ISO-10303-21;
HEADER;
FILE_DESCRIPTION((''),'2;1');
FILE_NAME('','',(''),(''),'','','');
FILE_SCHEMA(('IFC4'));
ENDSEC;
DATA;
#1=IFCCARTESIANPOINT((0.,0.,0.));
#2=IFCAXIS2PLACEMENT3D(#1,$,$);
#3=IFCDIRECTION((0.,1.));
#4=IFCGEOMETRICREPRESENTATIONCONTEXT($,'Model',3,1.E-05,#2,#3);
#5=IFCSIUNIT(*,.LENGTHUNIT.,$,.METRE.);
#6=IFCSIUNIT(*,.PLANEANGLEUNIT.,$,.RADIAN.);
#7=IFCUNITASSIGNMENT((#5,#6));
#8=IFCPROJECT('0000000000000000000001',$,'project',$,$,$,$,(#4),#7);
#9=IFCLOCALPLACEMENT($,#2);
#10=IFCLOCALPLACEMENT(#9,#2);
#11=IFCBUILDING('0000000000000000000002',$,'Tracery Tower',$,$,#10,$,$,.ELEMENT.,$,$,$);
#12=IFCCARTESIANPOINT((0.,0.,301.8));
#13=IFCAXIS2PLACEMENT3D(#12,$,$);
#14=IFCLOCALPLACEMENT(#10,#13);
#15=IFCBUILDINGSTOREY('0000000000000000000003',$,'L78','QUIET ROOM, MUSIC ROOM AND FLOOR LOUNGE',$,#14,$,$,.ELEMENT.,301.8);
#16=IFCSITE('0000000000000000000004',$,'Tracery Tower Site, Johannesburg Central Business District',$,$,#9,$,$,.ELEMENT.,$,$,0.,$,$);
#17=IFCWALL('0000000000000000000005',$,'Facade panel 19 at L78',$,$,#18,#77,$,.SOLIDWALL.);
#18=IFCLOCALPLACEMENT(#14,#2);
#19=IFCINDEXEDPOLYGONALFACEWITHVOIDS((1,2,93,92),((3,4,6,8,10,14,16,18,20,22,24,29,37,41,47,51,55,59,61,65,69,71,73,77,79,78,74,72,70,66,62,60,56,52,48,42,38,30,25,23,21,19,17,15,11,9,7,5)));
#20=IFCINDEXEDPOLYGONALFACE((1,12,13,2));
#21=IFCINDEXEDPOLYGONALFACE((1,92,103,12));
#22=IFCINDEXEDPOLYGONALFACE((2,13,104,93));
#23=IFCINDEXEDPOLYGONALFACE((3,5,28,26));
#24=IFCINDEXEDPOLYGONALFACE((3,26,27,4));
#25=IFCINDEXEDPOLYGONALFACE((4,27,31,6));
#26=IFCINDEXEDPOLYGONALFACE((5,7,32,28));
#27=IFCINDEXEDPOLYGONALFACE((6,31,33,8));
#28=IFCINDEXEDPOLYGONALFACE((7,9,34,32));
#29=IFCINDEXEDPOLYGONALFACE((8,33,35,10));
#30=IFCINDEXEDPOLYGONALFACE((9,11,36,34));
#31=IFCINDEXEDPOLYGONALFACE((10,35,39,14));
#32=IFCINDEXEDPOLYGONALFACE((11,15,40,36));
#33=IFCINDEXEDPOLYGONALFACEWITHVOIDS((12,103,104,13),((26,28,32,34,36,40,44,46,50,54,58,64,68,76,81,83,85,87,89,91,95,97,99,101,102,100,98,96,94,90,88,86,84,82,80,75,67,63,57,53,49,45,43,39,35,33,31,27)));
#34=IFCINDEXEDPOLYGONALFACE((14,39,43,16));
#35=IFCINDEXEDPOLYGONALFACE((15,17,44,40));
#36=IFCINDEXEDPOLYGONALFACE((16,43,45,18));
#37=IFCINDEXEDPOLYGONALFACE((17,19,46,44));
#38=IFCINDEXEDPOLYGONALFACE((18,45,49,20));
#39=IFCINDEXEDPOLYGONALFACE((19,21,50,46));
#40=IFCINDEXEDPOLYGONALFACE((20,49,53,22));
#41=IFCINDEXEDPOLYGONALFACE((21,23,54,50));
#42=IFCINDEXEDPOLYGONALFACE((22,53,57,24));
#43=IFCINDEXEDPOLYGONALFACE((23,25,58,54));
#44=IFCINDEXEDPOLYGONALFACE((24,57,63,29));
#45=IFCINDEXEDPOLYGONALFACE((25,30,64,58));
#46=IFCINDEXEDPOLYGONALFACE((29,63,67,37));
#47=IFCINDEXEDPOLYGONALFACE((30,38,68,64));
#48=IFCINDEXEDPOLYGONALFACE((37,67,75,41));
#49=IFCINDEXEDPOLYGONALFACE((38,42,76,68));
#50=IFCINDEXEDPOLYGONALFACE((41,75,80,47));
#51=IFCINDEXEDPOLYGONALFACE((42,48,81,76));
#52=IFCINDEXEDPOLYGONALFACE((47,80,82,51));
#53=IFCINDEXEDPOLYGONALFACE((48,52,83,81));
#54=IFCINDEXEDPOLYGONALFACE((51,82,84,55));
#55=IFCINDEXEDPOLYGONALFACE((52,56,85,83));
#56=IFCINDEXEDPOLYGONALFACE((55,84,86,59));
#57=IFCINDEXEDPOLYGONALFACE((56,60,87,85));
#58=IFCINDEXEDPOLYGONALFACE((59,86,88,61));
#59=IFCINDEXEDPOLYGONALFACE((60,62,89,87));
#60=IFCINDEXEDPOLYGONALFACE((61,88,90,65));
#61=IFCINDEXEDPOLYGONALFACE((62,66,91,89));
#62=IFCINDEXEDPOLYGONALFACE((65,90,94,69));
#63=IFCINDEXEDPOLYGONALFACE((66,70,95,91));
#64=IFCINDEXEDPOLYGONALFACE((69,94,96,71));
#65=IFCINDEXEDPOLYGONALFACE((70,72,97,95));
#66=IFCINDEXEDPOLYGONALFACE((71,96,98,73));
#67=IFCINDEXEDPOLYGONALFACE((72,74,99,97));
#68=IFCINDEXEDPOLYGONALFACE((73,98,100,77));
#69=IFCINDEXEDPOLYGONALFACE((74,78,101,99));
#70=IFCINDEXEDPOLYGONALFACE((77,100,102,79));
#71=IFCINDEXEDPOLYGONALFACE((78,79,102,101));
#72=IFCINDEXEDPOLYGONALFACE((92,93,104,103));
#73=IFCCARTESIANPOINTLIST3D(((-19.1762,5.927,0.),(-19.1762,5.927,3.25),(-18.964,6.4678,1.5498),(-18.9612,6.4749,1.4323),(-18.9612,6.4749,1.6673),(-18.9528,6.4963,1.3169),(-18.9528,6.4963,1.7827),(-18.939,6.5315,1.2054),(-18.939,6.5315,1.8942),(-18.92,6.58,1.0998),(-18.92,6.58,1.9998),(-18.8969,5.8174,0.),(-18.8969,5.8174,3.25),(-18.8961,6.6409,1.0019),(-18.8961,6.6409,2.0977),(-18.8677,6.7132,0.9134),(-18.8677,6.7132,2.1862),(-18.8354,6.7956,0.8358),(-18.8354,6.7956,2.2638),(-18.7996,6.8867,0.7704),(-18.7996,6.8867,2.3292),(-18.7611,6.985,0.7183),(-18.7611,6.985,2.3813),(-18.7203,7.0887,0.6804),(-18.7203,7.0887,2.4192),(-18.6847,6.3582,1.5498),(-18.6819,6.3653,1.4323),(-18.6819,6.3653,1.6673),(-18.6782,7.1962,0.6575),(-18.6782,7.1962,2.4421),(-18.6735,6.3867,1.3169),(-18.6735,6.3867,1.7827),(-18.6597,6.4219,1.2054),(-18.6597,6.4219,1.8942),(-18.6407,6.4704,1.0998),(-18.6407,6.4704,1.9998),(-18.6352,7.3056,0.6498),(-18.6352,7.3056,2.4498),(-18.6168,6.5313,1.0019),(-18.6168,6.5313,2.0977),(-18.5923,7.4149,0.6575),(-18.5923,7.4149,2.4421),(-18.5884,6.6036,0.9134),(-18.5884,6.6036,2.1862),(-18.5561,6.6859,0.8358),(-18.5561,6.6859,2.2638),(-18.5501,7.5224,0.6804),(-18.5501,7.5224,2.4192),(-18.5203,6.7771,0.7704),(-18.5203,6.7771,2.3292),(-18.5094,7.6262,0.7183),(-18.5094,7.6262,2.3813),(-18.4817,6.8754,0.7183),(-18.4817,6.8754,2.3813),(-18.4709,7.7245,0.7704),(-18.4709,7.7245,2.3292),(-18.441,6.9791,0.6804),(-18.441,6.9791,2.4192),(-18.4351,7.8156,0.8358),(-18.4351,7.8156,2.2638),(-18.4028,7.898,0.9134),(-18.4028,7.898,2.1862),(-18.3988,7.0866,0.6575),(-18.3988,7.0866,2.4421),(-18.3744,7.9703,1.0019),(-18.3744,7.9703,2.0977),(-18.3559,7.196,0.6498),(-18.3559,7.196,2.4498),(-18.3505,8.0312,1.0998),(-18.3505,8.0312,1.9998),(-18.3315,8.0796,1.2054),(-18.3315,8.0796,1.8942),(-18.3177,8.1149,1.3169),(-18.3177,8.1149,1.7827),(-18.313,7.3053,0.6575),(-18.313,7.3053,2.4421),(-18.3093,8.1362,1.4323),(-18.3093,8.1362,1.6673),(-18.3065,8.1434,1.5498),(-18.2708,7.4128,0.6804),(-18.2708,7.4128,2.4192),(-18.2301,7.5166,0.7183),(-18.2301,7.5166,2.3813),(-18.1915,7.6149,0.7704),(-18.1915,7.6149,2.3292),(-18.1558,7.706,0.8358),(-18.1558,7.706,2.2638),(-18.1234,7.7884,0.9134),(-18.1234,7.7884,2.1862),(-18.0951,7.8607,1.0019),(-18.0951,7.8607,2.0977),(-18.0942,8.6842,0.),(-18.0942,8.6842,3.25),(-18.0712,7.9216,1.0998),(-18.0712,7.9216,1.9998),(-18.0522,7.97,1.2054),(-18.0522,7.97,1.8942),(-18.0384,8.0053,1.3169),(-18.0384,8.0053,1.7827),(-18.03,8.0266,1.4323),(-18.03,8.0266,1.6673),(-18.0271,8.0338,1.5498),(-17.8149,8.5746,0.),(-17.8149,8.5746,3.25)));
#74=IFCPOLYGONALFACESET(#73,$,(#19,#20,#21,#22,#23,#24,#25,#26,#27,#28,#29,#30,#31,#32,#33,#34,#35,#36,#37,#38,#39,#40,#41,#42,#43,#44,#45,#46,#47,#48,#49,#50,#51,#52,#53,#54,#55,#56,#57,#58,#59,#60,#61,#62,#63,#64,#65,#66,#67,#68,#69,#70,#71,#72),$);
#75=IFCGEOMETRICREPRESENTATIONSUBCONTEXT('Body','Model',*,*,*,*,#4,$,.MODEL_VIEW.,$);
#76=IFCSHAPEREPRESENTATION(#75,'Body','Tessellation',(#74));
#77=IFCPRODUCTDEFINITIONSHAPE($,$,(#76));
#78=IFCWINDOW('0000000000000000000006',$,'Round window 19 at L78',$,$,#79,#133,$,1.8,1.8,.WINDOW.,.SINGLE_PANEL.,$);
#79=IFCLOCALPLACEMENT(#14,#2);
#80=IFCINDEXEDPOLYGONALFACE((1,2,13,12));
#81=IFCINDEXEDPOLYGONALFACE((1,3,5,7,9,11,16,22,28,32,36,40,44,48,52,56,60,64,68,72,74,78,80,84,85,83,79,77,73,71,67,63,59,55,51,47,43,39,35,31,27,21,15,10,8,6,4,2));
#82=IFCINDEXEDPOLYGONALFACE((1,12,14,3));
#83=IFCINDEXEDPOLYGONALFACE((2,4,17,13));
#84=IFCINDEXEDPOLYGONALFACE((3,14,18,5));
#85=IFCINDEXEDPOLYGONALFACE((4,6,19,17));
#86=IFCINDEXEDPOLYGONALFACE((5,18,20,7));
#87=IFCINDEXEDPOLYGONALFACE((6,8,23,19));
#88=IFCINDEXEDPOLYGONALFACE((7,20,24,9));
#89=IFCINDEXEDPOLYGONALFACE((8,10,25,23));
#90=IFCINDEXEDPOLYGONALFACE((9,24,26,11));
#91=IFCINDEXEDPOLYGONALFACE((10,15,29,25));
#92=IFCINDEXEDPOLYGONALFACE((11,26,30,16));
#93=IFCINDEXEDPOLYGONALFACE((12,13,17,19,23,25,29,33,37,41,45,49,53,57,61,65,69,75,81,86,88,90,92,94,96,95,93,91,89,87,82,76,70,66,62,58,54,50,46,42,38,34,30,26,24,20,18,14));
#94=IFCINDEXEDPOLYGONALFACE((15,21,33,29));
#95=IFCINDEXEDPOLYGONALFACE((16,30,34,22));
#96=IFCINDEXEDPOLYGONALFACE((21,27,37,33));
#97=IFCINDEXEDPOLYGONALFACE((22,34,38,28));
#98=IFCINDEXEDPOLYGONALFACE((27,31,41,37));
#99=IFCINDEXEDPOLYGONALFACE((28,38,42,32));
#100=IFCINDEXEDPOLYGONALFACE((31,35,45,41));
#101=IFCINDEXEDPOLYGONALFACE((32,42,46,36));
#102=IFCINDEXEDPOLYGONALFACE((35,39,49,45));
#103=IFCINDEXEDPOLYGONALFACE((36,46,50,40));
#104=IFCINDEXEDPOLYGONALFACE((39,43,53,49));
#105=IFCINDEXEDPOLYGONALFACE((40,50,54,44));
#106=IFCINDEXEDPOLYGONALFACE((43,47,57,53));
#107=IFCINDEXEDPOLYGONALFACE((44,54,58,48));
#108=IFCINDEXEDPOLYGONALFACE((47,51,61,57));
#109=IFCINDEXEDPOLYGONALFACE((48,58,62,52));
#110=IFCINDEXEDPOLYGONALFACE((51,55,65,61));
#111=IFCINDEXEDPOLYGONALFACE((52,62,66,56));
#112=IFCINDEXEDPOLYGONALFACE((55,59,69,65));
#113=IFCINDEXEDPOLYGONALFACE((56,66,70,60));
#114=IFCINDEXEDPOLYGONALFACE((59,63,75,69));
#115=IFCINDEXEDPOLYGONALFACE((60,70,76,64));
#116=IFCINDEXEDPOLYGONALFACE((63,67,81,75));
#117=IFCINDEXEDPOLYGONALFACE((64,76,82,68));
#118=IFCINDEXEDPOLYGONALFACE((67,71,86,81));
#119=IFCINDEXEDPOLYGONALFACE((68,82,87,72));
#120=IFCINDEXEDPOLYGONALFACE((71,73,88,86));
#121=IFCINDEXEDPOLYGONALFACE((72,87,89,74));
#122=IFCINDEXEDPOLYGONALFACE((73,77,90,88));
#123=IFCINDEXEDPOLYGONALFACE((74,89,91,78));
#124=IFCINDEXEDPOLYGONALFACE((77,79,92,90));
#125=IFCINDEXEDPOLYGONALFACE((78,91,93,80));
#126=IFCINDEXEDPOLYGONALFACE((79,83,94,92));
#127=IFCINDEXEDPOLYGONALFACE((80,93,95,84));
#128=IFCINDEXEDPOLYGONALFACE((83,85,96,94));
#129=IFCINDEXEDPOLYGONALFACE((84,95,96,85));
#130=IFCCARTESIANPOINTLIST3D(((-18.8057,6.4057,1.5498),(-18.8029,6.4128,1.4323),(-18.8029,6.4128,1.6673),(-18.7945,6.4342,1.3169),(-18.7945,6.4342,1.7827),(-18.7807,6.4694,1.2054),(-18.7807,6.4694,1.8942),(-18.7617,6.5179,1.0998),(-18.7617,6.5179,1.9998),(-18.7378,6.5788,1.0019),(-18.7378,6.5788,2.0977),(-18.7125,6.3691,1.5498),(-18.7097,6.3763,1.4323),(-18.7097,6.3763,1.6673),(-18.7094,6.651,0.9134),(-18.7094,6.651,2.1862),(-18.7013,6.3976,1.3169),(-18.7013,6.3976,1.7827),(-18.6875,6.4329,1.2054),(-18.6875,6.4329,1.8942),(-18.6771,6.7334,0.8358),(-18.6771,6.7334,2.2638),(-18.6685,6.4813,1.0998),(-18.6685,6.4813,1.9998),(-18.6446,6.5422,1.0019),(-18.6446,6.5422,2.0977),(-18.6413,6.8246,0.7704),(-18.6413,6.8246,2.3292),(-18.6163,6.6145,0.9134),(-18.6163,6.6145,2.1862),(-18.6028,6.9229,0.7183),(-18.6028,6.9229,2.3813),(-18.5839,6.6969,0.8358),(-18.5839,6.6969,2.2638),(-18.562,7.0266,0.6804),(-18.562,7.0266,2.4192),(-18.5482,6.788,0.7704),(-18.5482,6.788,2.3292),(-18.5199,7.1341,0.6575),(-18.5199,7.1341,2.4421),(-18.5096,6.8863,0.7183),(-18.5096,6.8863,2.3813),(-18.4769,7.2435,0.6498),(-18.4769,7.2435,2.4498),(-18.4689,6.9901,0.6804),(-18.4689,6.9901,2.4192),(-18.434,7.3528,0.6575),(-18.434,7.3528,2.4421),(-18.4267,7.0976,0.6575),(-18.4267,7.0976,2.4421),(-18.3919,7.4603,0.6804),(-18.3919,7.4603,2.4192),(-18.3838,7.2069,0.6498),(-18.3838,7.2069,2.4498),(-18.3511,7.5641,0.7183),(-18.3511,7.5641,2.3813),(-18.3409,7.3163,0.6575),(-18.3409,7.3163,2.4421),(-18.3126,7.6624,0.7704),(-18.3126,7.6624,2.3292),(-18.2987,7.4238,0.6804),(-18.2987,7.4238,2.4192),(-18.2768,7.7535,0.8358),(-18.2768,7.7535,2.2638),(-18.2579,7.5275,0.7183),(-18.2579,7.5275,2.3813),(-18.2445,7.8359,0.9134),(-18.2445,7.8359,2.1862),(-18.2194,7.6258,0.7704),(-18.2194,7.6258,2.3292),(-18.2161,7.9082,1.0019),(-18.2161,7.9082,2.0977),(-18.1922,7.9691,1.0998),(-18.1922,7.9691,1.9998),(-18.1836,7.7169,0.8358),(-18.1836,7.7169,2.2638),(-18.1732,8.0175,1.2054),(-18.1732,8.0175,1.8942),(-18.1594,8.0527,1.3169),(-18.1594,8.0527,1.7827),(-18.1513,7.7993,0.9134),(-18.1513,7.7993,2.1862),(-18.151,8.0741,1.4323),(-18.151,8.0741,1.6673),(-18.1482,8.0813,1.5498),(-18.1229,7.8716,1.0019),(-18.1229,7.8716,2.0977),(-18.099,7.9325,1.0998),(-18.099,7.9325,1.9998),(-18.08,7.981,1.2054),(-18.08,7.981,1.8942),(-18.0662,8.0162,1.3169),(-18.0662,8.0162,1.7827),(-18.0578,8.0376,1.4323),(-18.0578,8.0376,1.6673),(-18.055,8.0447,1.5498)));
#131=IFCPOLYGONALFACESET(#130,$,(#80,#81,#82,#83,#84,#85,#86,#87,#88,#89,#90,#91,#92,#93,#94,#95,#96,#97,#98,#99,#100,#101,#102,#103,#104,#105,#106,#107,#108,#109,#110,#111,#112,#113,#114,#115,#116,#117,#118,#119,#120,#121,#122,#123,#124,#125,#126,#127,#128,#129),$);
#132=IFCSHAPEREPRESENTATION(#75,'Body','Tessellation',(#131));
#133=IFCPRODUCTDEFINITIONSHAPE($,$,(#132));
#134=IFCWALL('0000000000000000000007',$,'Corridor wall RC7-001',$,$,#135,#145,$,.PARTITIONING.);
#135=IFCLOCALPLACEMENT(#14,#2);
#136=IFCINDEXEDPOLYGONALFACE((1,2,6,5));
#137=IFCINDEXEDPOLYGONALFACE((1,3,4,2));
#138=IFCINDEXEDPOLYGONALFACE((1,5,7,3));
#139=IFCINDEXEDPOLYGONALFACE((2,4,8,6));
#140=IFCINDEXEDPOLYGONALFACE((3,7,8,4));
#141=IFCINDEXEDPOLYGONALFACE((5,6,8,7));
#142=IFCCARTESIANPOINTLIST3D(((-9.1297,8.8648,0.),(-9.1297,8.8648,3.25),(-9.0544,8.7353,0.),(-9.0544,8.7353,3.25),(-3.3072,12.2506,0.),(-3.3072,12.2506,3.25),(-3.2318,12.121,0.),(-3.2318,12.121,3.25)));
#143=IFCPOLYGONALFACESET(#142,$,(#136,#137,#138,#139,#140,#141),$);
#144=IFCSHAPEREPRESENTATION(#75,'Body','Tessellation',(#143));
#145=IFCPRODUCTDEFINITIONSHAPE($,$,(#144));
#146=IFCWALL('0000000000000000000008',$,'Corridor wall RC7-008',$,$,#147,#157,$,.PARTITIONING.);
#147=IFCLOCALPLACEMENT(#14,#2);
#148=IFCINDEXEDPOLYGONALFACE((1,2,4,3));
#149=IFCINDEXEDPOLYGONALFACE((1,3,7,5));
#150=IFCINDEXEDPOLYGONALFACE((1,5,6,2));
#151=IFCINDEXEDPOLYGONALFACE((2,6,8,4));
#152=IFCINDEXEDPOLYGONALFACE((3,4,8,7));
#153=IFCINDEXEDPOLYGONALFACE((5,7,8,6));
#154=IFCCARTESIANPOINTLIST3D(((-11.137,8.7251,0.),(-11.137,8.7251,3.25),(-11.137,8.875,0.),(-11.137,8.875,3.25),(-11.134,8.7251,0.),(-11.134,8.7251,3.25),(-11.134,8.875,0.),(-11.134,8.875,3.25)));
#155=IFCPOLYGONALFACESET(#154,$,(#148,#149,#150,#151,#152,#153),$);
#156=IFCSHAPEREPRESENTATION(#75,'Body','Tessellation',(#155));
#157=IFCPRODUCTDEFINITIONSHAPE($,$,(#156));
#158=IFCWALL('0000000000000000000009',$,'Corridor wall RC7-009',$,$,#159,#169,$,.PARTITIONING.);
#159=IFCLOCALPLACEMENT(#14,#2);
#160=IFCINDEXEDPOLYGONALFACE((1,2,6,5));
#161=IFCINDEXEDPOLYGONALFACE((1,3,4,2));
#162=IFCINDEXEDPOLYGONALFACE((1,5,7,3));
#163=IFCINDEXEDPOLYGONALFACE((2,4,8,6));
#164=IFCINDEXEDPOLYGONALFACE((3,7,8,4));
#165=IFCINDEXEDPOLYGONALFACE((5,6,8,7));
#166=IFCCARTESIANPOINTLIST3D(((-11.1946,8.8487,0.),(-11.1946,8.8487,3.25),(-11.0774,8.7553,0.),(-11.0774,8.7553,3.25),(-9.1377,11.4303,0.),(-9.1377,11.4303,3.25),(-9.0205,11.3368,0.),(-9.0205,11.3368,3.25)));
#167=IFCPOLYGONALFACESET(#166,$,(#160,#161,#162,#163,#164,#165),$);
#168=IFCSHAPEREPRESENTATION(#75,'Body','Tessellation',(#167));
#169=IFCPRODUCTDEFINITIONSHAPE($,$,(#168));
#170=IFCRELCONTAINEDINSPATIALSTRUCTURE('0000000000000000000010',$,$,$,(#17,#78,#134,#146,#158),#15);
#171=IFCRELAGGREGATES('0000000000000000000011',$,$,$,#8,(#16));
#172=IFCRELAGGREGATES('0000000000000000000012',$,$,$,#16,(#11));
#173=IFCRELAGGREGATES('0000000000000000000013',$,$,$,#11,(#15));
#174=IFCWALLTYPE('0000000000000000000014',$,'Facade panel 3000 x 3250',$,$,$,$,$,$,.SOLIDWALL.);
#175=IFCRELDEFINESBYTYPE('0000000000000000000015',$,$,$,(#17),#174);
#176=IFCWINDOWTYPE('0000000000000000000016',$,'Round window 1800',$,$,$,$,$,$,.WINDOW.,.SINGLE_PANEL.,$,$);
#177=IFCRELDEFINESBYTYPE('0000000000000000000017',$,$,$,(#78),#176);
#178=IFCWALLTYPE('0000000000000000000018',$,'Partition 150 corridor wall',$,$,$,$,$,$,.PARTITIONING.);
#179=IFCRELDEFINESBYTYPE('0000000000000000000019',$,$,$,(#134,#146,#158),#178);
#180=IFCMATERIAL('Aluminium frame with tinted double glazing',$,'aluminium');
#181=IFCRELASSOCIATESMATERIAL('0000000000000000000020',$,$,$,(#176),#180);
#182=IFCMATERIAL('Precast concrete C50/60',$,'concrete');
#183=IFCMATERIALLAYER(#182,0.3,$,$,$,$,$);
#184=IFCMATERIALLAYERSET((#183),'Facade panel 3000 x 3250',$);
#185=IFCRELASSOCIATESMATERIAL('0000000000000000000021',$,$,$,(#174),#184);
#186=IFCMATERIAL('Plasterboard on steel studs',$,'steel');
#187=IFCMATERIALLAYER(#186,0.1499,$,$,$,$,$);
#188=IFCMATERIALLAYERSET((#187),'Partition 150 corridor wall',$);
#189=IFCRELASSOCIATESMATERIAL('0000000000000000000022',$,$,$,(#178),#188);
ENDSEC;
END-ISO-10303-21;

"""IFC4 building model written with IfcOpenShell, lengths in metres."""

from ifc_helpers import new_model, si_unit, direction, frame, frame_2d, origin, origin_2d, place, context, subcontext, project, spatial, rectangle, circle, extrude, material, layer, layer_set, type_object, element, fill, save


model = new_model("IFC4")

# Units and contexts
model_context = context("Model", 3, precision=1e-05, world=origin(), true_north=direction((0.0, 1.0)))
body_context = subcontext(model_context, "Body", "Model", "MODEL_VIEW")
ifc_project = project(units=[si_unit("LENGTHUNIT", "METRE"), si_unit("PLANEANGLEUNIT", "RADIAN")], contexts=[model_context])

# Site, building, storey
site_placement = place(None, origin())
site = spatial("IfcSite", under=ifc_project, at=site_placement, Name="Tracery Tower Site, Johannesburg Central Business District", CompositionType="ELEMENT", RefElevation=0.0)
building_placement = place(site_placement, origin())
building = spatial("IfcBuilding", under=site, at=building_placement, Name="Tracery Tower", CompositionType="ELEMENT")
storey_placement = place(building_placement, frame((0.0, 0.0, 301.8)))
storey = spatial("IfcBuildingStorey", under=building, at=storey_placement, Name="L78", Description="QUIET ROOM, MUSIC ROOM AND FLOOR LOUNGE", CompositionType="ELEMENT", Elevation=301.8)

# Wall, opening, window
ifc_material_1 = material(Name="Aluminium frame with tinted double glazing", Category="aluminium")
window_type = type_object("IfcWindowType", Name="Round window 1800", PartitioningType="SINGLE_PANEL", PredefinedType="WINDOW", material=ifc_material_1)
ifc_material_2 = material(Name="Precast concrete C50/60", Category="concrete")
ifc_layer_1 = layer(ifc_material_2, 0.3)
ifc_layer_set_1 = layer_set([ifc_layer_1], Name="Facade panel 3000 x 3250")
wall_type_1 = type_object("IfcWallType", Name="Facade panel 3000 x 3250", PredefinedType="SOLIDWALL", material=ifc_layer_set_1)
wall_1_placement = place(storey_placement, frame((-17.9546, 8.6294, 0.0), z_axis=(0.0, 0.0, 1.0), x_axis=(-0.3653, -0.93089, 0.0)))
wall_1 = element("IfcWall", 1, at=wall_1_placement, inside=storey, type_object=wall_type_1, Name="Facade panel 19 at L78", PredefinedType="SOLIDWALL", context=body_context, shape_type="SweptSolid", body=[
    extrude(rectangle(XDim=2.9619, YDim=0.3, at=frame_2d((1.481, 0.0))), origin(), (0.0, 0.0, 1.0), 3.25),
])
opening_1_placement = place(wall_1_placement, frame((1.481, 0.0, 1.5498)))
opening_1 = element("IfcOpeningElement", 2, at=opening_1_placement, cuts=wall_1, PredefinedType="OPENING", context=body_context, shape_type="SweptSolid", body=[
    extrude(circle(Radius=0.9, at=origin_2d()), frame((0.0, 0.1599, 0.0), z_axis=(0.0, -1.0, 0.0), x_axis=(1.0, 0.0, 0.0)), (0.0, 0.0, 1.0), 0.3201),
])
window_1_placement = place(opening_1_placement, origin())
window_1 = element("IfcWindow", 3, at=window_1_placement, inside=storey, type_object=window_type, Name="Round window 19 at L78", OverallHeight=1.8, OverallWidth=1.8, PartitioningType="SINGLE_PANEL", PredefinedType="WINDOW", context=body_context, shape_type="SweptSolid", body=[
    extrude(circle(Radius=0.9, at=origin_2d()), frame((0.0, 0.1201, 0.0), z_axis=(0.0, -1.0, 0.0), x_axis=(1.0, 0.0, 0.0)), (0.0, 0.0, 1.0), 0.1001),
])
fill(opening_1, window_1)

# Walls
ifc_material_3 = material(Name="Plasterboard on steel studs", Category="steel")
ifc_layer_2 = layer(ifc_material_3, 0.1499)
ifc_layer_set_2 = layer_set([ifc_layer_2], Name="Partition 150 corridor wall")
wall_type_2 = type_object("IfcWallType", Name="Partition 150 corridor wall", PredefinedType="PARTITIONING", material=ifc_layer_set_2)
wall_2_placement = place(storey_placement, frame((-9.092, 8.8, 0.0), z_axis=(0.0, 0.0, 1.0), x_axis=(0.864471, 0.502683, 0.0)))
element("IfcWall", 4, at=wall_2_placement, inside=storey, type_object=wall_type_2, Name="Corridor wall RC7-001", PredefinedType="PARTITIONING", context=body_context, shape_type="SweptSolid", body=[
    extrude(rectangle(XDim=6.7354, YDim=0.1499, at=frame_2d((3.3677, 0.0))), origin(), (0.0, 0.0, 1.0), 3.25),
])
wall_3_placement = place(storey_placement, frame((-11.134, 8.8, 0.0), z_axis=(0.0, 0.0, 1.0), x_axis=(-1.0, 0.0, 0.0)))
element("IfcWall", 5, at=wall_3_placement, inside=storey, type_object=wall_type_2, Name="Corridor wall RC7-008", PredefinedType="PARTITIONING", context=body_context, shape_type="SweptSolid", body=[
    extrude(rectangle(XDim=0.0029, YDim=0.1499, at=frame_2d((0.0015, 0.0))), origin(), (0.0, 0.0, 1.0), 3.25),
])
wall_4_placement = place(storey_placement, frame((-11.136, 8.802, 0.0), z_axis=(0.0, 0.0, 1.0), x_axis=(0.623151, 0.782101, 0.0)))
element("IfcWall", 6, at=wall_4_placement, inside=storey, type_object=wall_type_2, Name="Corridor wall RC7-009", PredefinedType="PARTITIONING", context=body_context, shape_type="SweptSolid", body=[
    extrude(rectangle(XDim=3.3008, YDim=0.1499, at=frame_2d((1.6504, 0.0))), origin(), (0.0, 0.0, 1.0), 3.25),
])

save(model, "model.ifc")
